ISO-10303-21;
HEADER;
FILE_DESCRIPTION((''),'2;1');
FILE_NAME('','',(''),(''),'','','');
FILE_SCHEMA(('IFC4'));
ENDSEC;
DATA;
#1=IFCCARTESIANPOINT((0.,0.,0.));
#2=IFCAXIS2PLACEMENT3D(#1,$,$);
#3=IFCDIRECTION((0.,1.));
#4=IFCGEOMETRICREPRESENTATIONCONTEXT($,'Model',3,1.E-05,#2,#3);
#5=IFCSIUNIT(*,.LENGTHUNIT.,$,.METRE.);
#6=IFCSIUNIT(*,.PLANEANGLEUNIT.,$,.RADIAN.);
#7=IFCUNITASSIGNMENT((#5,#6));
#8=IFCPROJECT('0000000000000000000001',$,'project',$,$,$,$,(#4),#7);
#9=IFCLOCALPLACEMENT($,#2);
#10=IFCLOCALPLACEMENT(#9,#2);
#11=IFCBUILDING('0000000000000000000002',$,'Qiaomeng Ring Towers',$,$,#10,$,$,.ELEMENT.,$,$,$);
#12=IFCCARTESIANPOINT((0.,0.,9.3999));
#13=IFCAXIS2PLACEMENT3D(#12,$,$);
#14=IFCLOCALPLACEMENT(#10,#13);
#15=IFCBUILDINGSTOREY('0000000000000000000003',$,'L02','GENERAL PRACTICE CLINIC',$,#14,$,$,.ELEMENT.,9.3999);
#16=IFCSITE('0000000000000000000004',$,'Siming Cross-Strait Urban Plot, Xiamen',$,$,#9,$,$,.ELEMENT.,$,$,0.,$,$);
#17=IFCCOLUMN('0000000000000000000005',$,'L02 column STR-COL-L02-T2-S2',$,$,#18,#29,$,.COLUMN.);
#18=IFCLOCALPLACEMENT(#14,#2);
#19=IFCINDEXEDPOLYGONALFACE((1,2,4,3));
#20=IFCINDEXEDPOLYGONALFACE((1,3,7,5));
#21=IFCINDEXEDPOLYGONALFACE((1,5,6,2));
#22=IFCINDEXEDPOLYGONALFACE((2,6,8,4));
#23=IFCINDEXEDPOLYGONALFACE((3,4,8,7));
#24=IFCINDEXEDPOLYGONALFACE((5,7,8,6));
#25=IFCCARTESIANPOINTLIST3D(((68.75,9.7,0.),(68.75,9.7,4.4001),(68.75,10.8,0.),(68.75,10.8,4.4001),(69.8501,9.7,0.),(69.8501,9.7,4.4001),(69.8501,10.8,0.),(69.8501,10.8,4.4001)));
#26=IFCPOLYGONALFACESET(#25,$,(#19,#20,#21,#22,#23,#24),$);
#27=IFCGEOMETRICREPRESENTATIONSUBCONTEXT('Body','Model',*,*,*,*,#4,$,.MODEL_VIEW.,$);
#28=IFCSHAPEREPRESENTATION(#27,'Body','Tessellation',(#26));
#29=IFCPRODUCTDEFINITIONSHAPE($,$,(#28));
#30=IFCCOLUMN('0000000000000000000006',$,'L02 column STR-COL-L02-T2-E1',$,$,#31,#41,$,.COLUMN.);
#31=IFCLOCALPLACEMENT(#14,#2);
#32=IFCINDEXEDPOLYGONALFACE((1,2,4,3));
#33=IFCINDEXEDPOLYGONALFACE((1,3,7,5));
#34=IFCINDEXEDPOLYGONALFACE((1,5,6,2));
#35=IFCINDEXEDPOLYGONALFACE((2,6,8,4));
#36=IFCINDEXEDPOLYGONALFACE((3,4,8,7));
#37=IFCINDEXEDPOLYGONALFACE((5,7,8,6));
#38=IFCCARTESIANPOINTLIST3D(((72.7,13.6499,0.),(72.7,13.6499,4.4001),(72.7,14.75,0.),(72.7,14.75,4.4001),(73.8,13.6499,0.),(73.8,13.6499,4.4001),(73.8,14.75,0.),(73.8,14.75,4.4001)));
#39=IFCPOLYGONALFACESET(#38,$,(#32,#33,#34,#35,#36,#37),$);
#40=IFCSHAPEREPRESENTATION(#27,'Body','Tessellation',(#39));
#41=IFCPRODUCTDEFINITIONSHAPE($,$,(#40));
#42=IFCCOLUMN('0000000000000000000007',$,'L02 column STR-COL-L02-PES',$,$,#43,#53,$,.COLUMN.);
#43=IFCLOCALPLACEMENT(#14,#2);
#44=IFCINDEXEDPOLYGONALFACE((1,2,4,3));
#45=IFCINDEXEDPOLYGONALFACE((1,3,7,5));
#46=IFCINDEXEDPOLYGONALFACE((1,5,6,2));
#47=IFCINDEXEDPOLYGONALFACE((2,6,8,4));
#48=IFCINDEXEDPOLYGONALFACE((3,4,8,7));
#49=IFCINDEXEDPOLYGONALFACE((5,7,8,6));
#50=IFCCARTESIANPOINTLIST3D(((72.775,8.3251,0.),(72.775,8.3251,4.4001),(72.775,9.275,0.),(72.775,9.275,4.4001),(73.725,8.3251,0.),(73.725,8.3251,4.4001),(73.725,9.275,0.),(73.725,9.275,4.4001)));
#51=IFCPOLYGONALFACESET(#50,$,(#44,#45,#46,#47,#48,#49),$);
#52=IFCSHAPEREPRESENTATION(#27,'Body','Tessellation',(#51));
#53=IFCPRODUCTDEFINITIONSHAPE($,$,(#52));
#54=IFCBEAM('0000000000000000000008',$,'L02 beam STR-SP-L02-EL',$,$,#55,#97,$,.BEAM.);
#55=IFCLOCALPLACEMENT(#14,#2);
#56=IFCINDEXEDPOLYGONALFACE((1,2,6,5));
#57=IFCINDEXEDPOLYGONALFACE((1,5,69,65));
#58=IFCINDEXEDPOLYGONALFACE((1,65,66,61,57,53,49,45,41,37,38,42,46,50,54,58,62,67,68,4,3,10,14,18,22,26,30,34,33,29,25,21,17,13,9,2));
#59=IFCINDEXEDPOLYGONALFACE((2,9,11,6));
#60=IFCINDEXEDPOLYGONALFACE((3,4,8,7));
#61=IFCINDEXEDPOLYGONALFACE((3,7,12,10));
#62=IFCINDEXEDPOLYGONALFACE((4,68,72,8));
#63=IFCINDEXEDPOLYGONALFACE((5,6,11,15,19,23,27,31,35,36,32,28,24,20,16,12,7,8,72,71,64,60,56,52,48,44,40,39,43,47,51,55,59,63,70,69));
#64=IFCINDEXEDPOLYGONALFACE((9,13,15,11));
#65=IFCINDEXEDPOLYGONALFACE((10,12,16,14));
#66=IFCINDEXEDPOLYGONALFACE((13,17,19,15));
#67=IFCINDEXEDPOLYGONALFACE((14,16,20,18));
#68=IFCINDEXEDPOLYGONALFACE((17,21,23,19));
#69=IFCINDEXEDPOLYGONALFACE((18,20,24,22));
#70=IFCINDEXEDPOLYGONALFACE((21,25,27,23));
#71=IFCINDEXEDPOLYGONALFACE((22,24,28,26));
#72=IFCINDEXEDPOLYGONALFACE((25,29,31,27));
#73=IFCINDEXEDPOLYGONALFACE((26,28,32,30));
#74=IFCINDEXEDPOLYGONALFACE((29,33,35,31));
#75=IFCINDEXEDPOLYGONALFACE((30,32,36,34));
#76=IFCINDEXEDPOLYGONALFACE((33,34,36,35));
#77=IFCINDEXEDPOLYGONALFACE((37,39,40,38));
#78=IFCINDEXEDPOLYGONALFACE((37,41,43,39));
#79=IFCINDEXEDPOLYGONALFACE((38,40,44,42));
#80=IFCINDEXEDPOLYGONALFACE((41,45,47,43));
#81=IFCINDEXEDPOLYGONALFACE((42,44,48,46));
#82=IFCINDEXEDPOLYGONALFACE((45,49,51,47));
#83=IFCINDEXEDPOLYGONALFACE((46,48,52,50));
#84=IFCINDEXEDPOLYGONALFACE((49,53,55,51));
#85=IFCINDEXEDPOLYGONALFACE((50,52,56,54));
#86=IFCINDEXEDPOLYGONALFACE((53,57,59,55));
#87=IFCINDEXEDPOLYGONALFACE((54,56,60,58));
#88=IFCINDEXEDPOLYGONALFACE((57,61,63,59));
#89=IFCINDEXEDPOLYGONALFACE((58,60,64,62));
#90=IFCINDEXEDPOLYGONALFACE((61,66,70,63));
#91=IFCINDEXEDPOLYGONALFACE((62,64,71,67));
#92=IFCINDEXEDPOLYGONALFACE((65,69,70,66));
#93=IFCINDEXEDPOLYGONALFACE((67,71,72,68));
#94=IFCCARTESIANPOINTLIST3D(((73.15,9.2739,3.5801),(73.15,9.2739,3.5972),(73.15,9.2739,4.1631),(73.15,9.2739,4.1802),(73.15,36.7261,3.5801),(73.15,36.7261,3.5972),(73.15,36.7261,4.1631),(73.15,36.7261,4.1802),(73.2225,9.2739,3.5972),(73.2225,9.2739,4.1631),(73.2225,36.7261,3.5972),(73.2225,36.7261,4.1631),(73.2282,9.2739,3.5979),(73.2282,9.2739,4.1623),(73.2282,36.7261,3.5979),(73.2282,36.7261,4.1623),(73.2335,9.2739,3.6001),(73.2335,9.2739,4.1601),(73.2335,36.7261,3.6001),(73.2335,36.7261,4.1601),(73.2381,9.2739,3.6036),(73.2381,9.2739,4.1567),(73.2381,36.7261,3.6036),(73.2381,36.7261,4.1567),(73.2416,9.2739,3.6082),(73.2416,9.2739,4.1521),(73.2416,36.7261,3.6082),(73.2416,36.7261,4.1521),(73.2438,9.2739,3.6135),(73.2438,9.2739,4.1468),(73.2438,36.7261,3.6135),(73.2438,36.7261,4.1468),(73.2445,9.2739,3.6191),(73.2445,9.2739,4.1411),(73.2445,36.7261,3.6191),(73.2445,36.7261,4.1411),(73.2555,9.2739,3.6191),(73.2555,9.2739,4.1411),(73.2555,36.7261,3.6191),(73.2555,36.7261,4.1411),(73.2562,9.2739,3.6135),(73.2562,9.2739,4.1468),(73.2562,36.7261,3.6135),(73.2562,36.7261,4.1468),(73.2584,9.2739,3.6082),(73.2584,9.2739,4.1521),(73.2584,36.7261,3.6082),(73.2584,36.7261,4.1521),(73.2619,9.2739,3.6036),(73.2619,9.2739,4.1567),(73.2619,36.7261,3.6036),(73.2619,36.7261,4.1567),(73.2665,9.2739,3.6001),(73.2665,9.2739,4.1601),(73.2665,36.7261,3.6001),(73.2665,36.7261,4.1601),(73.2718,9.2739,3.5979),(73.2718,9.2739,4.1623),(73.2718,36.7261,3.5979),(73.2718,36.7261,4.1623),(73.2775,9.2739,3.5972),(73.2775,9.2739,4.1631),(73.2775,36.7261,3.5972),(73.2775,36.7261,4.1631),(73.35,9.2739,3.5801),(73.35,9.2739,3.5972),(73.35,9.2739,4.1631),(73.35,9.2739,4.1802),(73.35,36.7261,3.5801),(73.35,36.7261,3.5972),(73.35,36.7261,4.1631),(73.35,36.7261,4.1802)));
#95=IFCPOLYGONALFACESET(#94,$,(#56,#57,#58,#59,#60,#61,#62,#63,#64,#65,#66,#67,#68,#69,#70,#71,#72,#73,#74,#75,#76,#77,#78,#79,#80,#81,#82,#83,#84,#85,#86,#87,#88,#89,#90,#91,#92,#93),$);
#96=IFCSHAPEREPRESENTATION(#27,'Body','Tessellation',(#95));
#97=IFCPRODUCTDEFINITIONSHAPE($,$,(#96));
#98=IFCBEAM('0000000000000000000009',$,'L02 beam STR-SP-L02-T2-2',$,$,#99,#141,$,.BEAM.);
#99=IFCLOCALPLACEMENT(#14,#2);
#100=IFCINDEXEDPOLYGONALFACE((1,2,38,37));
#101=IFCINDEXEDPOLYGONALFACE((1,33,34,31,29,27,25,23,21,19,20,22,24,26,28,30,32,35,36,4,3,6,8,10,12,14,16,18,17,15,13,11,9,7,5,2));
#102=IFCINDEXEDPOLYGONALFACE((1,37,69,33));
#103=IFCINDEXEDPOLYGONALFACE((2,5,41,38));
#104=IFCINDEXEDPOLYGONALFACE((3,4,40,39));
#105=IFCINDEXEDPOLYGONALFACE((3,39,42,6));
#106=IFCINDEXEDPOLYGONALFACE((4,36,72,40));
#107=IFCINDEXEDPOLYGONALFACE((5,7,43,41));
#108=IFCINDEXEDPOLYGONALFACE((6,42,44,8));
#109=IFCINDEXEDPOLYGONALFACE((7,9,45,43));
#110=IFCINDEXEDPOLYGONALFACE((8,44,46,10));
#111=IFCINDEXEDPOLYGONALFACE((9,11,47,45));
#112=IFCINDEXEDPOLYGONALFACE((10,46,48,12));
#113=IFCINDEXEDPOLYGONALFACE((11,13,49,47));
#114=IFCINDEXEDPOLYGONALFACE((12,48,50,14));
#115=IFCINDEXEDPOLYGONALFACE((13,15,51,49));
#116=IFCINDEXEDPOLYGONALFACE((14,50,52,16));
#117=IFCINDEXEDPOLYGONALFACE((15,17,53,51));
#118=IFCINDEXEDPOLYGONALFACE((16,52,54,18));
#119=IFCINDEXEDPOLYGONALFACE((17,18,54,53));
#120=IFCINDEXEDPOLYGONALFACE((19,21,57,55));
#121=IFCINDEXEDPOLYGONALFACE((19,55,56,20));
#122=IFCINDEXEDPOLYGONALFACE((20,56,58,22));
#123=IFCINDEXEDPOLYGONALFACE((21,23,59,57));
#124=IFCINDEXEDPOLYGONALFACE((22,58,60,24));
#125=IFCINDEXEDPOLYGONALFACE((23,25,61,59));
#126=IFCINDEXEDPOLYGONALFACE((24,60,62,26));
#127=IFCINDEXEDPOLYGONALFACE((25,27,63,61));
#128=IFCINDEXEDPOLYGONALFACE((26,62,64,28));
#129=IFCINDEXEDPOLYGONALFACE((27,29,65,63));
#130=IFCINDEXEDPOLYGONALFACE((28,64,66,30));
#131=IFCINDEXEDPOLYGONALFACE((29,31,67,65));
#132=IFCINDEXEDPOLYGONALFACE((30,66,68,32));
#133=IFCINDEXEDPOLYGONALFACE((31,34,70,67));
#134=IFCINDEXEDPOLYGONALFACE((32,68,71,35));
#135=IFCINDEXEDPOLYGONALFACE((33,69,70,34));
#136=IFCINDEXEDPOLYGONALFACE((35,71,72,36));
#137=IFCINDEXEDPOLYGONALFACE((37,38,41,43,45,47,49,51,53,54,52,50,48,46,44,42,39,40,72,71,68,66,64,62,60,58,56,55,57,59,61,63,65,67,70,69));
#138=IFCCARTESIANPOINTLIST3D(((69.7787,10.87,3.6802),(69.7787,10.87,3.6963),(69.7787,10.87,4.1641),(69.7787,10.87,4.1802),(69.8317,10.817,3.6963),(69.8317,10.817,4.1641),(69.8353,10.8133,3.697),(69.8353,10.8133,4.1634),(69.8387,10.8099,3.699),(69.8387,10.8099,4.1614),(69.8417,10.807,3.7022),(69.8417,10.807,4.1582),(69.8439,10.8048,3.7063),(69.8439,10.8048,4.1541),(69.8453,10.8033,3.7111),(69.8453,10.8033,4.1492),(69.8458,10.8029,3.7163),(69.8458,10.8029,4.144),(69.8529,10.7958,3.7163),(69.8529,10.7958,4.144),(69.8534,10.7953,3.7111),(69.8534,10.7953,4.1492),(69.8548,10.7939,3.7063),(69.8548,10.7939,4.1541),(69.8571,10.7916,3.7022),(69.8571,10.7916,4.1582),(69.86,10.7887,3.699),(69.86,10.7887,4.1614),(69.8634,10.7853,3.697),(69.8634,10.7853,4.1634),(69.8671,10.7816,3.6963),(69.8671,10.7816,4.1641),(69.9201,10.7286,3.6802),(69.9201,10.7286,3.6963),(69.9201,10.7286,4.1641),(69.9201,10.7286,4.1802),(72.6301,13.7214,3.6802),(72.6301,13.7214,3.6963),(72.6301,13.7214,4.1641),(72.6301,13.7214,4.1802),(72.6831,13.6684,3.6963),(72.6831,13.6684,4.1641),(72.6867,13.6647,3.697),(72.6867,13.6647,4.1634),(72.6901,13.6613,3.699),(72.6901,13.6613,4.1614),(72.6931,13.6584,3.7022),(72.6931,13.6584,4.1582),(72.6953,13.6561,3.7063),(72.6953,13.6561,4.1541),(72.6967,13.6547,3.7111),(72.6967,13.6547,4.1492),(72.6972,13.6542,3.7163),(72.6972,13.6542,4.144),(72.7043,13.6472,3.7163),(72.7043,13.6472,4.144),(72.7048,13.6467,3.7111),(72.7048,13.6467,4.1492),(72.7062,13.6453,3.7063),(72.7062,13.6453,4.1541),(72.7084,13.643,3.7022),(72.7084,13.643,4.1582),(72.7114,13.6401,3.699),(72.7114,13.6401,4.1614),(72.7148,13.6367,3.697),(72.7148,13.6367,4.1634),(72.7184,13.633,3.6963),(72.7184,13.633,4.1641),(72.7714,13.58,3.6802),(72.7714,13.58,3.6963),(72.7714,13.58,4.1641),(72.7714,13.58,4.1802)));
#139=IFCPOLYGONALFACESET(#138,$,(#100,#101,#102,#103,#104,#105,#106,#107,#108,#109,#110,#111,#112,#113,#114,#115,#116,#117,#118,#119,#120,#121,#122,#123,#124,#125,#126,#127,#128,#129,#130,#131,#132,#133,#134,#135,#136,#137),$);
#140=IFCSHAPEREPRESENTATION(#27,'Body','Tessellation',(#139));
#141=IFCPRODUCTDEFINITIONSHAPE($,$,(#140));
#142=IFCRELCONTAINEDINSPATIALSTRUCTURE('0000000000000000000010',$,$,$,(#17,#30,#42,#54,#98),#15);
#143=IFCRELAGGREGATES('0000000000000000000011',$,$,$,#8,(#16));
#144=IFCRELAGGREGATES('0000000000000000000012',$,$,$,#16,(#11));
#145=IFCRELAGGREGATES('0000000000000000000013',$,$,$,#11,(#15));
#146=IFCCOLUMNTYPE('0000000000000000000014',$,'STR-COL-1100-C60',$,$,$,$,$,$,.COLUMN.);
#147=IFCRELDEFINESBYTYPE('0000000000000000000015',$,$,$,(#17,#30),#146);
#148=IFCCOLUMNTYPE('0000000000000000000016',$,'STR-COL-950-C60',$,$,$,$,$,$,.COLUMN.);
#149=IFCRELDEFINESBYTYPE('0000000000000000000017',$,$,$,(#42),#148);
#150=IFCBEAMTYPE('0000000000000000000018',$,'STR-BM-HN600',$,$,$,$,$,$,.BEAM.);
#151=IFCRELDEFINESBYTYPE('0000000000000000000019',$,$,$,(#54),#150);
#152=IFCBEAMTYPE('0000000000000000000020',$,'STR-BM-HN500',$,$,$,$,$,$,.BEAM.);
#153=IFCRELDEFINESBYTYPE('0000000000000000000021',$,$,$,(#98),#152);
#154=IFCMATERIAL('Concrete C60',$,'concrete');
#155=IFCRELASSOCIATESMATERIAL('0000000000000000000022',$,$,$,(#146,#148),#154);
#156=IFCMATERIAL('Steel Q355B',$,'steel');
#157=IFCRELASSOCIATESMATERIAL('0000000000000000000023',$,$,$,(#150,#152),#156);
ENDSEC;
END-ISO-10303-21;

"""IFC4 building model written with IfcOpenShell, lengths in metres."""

from ifc_helpers import new_model, si_unit, direction, frame, origin, origin_2d, place, context, subcontext, project, spatial, rectangle, i_section, extrude, source, transform, mapped, material, material_profile, profile_set, type_object, element, save


model = new_model("IFC4")

# Units and contexts
model_context = context("Model", 3, precision=1e-05, world=origin(), true_north=direction((0.0, 1.0)))
body_context = subcontext(model_context, "Body", "Model", "MODEL_VIEW")
ifc_project = project(units=[si_unit("LENGTHUNIT", "METRE"), si_unit("PLANEANGLEUNIT", "RADIAN")], contexts=[model_context])

# Site, building, storey
site_placement = place(None, origin())
site = spatial("IfcSite", under=ifc_project, at=site_placement, Name="Siming Cross-Strait Urban Plot, Xiamen", CompositionType="ELEMENT", RefElevation=0.0)
building_placement = place(site_placement, origin())
building = spatial("IfcBuilding", under=site, at=building_placement, Name="Qiaomeng Ring Towers", CompositionType="ELEMENT")
storey_placement = place(building_placement, frame((0.0, 0.0, 9.3999)))
storey = spatial("IfcBuildingStorey", under=building, at=storey_placement, Name="L02", Description="GENERAL PRACTICE CLINIC", CompositionType="ELEMENT", Elevation=9.3999)

# Columns
ifc_material_1 = material(Name="Concrete C60", Category="concrete")
ifc_material_profile_1 = material_profile(ifc_material_1, rectangle(XDim=1.1001, YDim=1.1001, at=origin_2d()), Name="RC COL 1100x1100")
ifc_profile_set_1 = profile_set([ifc_material_profile_1], Name="Concrete C60")
column_type_1 = type_object("IfcColumnType", Name="STR-COL-1100-C60", PredefinedType="COLUMN", material=ifc_profile_set_1)
shared_shape_1 = source(origin(), body_context, "Body", "SweptSolid", [
    extrude(rectangle(XDim=1.1001, YDim=1.1001, at=origin_2d()), origin(), (0.0, 0.0, 1.0), 4.4001),
])
for number, where, z_axis, x_axis, name in (
    (1, (69.3, 10.25, 0.0), (0.0, 0.0, 1.0), (1.0, 0.0, 0.0), "L02 column STR-COL-L02-T2-S2"),
    (2, (73.25, 14.2, 0.0), (0.0, 0.0, 1.0), (1.0, 0.0, 0.0), "L02 column STR-COL-L02-T2-E1"),
):
    element("IfcColumn", number, at=place(storey_placement, frame(where, z_axis=z_axis, x_axis=x_axis)), inside=storey, type_object=column_type_1, Name=name, PredefinedType="COLUMN", context=body_context, shape_type="MappedRepresentation", body=[
        mapped(shared_shape_1, transform((0.0, 0.0, 0.0), x_axis=(1.0, 0.0, 0.0), y_axis=(0.0, 1.0, 0.0), z_axis=(0.0, 0.0, 1.0), scale=1.0)),
    ])
ifc_material_profile_2 = material_profile(ifc_material_1, rectangle(XDim=0.95, YDim=0.95, at=origin_2d()), Name="RC COL 950x950")
ifc_profile_set_2 = profile_set([ifc_material_profile_2], Name="Concrete C60")
column_type_2 = type_object("IfcColumnType", Name="STR-COL-950-C60", PredefinedType="COLUMN", material=ifc_profile_set_2)
shared_shape_2 = source(origin(), body_context, "Body", "SweptSolid", [
    extrude(rectangle(XDim=0.95, YDim=0.95, at=origin_2d()), origin(), (0.0, 0.0, 1.0), 4.4001),
])
column_placement = place(storey_placement, frame((73.25, 8.8, 0.0), z_axis=(0.0, 0.0, 1.0), x_axis=(1.0, 0.0, 0.0)))
element("IfcColumn", 3, at=column_placement, inside=storey, type_object=column_type_2, Name="L02 column STR-COL-L02-PES", PredefinedType="COLUMN", context=body_context, shape_type="MappedRepresentation", body=[
    mapped(shared_shape_2, transform((0.0, 0.0, 0.0), x_axis=(1.0, 0.0, 0.0), y_axis=(0.0, 1.0, 0.0), z_axis=(0.0, 0.0, 1.0), scale=1.0)),
])

# Beams
ifc_material_2 = material(Name="Steel Q355B", Category="steel")
ifc_material_profile_3 = material_profile(ifc_material_2, i_section(OverallWidth=0.2, OverallDepth=0.6001, WebThickness=0.011, FlangeThickness=0.0171, FilletRadius=0.022, at=origin_2d()), Name="HN 600x200x11x17")
ifc_profile_set_3 = profile_set([ifc_material_profile_3], Name="Steel Q355B")
beam_type_1 = type_object("IfcBeamType", Name="STR-BM-HN600", PredefinedType="BEAM", material=ifc_profile_set_3)
shared_shape_3 = source(origin(), body_context, "Body", "SweptSolid", [
    extrude(i_section(OverallWidth=0.2, OverallDepth=0.6001, WebThickness=0.011, FlangeThickness=0.0171, FilletRadius=0.022, at=origin_2d()), origin(), (0.0, 0.0, 1.0), 27.4521),
])
beam_1_placement = place(storey_placement, frame((73.25, 9.2739, 3.8801), z_axis=(0.0, 1.0, 0.0), x_axis=(-1.0, 0.0, 0.0)))
element("IfcBeam", 4, at=beam_1_placement, inside=storey, type_object=beam_type_1, Name="L02 beam STR-SP-L02-EL", PredefinedType="BEAM", context=body_context, shape_type="MappedRepresentation", body=[
    mapped(shared_shape_3, transform((0.0, 0.0, 0.0), x_axis=(1.0, 0.0, 0.0), y_axis=(0.0, 1.0, 0.0), z_axis=(0.0, 0.0, 1.0), scale=1.0)),
])
ifc_material_profile_4 = material_profile(ifc_material_2, i_section(OverallWidth=0.2, OverallDepth=0.5, WebThickness=0.01, FlangeThickness=0.0161, FilletRadius=0.02, at=origin_2d()), Name="HN 500x200x10x16")
ifc_profile_set_4 = profile_set([ifc_material_profile_4], Name="Steel Q355B")
beam_type_2 = type_object("IfcBeamType", Name="STR-BM-HN500", PredefinedType="BEAM", material=ifc_profile_set_4)
shared_shape_4 = source(origin(), body_context, "Body", "SweptSolid", [
    extrude(i_section(OverallWidth=0.2, OverallDepth=0.5, WebThickness=0.01, FlangeThickness=0.0161, FilletRadius=0.02, at=origin_2d()), origin(), (0.0, 0.0, 1.0), 4.0325),
])
beam_2_placement = place(storey_placement, frame((69.8494, 10.7993, 3.9302), z_axis=(0.707107, 0.707107, 0.0), x_axis=(-0.707107, 0.707107, 0.0)))
element("IfcBeam", 5, at=beam_2_placement, inside=storey, type_object=beam_type_2, Name="L02 beam STR-SP-L02-T2-2", PredefinedType="BEAM", context=body_context, shape_type="MappedRepresentation", body=[
    mapped(shared_shape_4, transform((0.0, 0.0, 0.0), x_axis=(1.0, 0.0, 0.0), y_axis=(0.0, 1.0, 0.0), z_axis=(0.0, 0.0, 1.0), scale=1.0)),
])

save(model, "model.ifc")
